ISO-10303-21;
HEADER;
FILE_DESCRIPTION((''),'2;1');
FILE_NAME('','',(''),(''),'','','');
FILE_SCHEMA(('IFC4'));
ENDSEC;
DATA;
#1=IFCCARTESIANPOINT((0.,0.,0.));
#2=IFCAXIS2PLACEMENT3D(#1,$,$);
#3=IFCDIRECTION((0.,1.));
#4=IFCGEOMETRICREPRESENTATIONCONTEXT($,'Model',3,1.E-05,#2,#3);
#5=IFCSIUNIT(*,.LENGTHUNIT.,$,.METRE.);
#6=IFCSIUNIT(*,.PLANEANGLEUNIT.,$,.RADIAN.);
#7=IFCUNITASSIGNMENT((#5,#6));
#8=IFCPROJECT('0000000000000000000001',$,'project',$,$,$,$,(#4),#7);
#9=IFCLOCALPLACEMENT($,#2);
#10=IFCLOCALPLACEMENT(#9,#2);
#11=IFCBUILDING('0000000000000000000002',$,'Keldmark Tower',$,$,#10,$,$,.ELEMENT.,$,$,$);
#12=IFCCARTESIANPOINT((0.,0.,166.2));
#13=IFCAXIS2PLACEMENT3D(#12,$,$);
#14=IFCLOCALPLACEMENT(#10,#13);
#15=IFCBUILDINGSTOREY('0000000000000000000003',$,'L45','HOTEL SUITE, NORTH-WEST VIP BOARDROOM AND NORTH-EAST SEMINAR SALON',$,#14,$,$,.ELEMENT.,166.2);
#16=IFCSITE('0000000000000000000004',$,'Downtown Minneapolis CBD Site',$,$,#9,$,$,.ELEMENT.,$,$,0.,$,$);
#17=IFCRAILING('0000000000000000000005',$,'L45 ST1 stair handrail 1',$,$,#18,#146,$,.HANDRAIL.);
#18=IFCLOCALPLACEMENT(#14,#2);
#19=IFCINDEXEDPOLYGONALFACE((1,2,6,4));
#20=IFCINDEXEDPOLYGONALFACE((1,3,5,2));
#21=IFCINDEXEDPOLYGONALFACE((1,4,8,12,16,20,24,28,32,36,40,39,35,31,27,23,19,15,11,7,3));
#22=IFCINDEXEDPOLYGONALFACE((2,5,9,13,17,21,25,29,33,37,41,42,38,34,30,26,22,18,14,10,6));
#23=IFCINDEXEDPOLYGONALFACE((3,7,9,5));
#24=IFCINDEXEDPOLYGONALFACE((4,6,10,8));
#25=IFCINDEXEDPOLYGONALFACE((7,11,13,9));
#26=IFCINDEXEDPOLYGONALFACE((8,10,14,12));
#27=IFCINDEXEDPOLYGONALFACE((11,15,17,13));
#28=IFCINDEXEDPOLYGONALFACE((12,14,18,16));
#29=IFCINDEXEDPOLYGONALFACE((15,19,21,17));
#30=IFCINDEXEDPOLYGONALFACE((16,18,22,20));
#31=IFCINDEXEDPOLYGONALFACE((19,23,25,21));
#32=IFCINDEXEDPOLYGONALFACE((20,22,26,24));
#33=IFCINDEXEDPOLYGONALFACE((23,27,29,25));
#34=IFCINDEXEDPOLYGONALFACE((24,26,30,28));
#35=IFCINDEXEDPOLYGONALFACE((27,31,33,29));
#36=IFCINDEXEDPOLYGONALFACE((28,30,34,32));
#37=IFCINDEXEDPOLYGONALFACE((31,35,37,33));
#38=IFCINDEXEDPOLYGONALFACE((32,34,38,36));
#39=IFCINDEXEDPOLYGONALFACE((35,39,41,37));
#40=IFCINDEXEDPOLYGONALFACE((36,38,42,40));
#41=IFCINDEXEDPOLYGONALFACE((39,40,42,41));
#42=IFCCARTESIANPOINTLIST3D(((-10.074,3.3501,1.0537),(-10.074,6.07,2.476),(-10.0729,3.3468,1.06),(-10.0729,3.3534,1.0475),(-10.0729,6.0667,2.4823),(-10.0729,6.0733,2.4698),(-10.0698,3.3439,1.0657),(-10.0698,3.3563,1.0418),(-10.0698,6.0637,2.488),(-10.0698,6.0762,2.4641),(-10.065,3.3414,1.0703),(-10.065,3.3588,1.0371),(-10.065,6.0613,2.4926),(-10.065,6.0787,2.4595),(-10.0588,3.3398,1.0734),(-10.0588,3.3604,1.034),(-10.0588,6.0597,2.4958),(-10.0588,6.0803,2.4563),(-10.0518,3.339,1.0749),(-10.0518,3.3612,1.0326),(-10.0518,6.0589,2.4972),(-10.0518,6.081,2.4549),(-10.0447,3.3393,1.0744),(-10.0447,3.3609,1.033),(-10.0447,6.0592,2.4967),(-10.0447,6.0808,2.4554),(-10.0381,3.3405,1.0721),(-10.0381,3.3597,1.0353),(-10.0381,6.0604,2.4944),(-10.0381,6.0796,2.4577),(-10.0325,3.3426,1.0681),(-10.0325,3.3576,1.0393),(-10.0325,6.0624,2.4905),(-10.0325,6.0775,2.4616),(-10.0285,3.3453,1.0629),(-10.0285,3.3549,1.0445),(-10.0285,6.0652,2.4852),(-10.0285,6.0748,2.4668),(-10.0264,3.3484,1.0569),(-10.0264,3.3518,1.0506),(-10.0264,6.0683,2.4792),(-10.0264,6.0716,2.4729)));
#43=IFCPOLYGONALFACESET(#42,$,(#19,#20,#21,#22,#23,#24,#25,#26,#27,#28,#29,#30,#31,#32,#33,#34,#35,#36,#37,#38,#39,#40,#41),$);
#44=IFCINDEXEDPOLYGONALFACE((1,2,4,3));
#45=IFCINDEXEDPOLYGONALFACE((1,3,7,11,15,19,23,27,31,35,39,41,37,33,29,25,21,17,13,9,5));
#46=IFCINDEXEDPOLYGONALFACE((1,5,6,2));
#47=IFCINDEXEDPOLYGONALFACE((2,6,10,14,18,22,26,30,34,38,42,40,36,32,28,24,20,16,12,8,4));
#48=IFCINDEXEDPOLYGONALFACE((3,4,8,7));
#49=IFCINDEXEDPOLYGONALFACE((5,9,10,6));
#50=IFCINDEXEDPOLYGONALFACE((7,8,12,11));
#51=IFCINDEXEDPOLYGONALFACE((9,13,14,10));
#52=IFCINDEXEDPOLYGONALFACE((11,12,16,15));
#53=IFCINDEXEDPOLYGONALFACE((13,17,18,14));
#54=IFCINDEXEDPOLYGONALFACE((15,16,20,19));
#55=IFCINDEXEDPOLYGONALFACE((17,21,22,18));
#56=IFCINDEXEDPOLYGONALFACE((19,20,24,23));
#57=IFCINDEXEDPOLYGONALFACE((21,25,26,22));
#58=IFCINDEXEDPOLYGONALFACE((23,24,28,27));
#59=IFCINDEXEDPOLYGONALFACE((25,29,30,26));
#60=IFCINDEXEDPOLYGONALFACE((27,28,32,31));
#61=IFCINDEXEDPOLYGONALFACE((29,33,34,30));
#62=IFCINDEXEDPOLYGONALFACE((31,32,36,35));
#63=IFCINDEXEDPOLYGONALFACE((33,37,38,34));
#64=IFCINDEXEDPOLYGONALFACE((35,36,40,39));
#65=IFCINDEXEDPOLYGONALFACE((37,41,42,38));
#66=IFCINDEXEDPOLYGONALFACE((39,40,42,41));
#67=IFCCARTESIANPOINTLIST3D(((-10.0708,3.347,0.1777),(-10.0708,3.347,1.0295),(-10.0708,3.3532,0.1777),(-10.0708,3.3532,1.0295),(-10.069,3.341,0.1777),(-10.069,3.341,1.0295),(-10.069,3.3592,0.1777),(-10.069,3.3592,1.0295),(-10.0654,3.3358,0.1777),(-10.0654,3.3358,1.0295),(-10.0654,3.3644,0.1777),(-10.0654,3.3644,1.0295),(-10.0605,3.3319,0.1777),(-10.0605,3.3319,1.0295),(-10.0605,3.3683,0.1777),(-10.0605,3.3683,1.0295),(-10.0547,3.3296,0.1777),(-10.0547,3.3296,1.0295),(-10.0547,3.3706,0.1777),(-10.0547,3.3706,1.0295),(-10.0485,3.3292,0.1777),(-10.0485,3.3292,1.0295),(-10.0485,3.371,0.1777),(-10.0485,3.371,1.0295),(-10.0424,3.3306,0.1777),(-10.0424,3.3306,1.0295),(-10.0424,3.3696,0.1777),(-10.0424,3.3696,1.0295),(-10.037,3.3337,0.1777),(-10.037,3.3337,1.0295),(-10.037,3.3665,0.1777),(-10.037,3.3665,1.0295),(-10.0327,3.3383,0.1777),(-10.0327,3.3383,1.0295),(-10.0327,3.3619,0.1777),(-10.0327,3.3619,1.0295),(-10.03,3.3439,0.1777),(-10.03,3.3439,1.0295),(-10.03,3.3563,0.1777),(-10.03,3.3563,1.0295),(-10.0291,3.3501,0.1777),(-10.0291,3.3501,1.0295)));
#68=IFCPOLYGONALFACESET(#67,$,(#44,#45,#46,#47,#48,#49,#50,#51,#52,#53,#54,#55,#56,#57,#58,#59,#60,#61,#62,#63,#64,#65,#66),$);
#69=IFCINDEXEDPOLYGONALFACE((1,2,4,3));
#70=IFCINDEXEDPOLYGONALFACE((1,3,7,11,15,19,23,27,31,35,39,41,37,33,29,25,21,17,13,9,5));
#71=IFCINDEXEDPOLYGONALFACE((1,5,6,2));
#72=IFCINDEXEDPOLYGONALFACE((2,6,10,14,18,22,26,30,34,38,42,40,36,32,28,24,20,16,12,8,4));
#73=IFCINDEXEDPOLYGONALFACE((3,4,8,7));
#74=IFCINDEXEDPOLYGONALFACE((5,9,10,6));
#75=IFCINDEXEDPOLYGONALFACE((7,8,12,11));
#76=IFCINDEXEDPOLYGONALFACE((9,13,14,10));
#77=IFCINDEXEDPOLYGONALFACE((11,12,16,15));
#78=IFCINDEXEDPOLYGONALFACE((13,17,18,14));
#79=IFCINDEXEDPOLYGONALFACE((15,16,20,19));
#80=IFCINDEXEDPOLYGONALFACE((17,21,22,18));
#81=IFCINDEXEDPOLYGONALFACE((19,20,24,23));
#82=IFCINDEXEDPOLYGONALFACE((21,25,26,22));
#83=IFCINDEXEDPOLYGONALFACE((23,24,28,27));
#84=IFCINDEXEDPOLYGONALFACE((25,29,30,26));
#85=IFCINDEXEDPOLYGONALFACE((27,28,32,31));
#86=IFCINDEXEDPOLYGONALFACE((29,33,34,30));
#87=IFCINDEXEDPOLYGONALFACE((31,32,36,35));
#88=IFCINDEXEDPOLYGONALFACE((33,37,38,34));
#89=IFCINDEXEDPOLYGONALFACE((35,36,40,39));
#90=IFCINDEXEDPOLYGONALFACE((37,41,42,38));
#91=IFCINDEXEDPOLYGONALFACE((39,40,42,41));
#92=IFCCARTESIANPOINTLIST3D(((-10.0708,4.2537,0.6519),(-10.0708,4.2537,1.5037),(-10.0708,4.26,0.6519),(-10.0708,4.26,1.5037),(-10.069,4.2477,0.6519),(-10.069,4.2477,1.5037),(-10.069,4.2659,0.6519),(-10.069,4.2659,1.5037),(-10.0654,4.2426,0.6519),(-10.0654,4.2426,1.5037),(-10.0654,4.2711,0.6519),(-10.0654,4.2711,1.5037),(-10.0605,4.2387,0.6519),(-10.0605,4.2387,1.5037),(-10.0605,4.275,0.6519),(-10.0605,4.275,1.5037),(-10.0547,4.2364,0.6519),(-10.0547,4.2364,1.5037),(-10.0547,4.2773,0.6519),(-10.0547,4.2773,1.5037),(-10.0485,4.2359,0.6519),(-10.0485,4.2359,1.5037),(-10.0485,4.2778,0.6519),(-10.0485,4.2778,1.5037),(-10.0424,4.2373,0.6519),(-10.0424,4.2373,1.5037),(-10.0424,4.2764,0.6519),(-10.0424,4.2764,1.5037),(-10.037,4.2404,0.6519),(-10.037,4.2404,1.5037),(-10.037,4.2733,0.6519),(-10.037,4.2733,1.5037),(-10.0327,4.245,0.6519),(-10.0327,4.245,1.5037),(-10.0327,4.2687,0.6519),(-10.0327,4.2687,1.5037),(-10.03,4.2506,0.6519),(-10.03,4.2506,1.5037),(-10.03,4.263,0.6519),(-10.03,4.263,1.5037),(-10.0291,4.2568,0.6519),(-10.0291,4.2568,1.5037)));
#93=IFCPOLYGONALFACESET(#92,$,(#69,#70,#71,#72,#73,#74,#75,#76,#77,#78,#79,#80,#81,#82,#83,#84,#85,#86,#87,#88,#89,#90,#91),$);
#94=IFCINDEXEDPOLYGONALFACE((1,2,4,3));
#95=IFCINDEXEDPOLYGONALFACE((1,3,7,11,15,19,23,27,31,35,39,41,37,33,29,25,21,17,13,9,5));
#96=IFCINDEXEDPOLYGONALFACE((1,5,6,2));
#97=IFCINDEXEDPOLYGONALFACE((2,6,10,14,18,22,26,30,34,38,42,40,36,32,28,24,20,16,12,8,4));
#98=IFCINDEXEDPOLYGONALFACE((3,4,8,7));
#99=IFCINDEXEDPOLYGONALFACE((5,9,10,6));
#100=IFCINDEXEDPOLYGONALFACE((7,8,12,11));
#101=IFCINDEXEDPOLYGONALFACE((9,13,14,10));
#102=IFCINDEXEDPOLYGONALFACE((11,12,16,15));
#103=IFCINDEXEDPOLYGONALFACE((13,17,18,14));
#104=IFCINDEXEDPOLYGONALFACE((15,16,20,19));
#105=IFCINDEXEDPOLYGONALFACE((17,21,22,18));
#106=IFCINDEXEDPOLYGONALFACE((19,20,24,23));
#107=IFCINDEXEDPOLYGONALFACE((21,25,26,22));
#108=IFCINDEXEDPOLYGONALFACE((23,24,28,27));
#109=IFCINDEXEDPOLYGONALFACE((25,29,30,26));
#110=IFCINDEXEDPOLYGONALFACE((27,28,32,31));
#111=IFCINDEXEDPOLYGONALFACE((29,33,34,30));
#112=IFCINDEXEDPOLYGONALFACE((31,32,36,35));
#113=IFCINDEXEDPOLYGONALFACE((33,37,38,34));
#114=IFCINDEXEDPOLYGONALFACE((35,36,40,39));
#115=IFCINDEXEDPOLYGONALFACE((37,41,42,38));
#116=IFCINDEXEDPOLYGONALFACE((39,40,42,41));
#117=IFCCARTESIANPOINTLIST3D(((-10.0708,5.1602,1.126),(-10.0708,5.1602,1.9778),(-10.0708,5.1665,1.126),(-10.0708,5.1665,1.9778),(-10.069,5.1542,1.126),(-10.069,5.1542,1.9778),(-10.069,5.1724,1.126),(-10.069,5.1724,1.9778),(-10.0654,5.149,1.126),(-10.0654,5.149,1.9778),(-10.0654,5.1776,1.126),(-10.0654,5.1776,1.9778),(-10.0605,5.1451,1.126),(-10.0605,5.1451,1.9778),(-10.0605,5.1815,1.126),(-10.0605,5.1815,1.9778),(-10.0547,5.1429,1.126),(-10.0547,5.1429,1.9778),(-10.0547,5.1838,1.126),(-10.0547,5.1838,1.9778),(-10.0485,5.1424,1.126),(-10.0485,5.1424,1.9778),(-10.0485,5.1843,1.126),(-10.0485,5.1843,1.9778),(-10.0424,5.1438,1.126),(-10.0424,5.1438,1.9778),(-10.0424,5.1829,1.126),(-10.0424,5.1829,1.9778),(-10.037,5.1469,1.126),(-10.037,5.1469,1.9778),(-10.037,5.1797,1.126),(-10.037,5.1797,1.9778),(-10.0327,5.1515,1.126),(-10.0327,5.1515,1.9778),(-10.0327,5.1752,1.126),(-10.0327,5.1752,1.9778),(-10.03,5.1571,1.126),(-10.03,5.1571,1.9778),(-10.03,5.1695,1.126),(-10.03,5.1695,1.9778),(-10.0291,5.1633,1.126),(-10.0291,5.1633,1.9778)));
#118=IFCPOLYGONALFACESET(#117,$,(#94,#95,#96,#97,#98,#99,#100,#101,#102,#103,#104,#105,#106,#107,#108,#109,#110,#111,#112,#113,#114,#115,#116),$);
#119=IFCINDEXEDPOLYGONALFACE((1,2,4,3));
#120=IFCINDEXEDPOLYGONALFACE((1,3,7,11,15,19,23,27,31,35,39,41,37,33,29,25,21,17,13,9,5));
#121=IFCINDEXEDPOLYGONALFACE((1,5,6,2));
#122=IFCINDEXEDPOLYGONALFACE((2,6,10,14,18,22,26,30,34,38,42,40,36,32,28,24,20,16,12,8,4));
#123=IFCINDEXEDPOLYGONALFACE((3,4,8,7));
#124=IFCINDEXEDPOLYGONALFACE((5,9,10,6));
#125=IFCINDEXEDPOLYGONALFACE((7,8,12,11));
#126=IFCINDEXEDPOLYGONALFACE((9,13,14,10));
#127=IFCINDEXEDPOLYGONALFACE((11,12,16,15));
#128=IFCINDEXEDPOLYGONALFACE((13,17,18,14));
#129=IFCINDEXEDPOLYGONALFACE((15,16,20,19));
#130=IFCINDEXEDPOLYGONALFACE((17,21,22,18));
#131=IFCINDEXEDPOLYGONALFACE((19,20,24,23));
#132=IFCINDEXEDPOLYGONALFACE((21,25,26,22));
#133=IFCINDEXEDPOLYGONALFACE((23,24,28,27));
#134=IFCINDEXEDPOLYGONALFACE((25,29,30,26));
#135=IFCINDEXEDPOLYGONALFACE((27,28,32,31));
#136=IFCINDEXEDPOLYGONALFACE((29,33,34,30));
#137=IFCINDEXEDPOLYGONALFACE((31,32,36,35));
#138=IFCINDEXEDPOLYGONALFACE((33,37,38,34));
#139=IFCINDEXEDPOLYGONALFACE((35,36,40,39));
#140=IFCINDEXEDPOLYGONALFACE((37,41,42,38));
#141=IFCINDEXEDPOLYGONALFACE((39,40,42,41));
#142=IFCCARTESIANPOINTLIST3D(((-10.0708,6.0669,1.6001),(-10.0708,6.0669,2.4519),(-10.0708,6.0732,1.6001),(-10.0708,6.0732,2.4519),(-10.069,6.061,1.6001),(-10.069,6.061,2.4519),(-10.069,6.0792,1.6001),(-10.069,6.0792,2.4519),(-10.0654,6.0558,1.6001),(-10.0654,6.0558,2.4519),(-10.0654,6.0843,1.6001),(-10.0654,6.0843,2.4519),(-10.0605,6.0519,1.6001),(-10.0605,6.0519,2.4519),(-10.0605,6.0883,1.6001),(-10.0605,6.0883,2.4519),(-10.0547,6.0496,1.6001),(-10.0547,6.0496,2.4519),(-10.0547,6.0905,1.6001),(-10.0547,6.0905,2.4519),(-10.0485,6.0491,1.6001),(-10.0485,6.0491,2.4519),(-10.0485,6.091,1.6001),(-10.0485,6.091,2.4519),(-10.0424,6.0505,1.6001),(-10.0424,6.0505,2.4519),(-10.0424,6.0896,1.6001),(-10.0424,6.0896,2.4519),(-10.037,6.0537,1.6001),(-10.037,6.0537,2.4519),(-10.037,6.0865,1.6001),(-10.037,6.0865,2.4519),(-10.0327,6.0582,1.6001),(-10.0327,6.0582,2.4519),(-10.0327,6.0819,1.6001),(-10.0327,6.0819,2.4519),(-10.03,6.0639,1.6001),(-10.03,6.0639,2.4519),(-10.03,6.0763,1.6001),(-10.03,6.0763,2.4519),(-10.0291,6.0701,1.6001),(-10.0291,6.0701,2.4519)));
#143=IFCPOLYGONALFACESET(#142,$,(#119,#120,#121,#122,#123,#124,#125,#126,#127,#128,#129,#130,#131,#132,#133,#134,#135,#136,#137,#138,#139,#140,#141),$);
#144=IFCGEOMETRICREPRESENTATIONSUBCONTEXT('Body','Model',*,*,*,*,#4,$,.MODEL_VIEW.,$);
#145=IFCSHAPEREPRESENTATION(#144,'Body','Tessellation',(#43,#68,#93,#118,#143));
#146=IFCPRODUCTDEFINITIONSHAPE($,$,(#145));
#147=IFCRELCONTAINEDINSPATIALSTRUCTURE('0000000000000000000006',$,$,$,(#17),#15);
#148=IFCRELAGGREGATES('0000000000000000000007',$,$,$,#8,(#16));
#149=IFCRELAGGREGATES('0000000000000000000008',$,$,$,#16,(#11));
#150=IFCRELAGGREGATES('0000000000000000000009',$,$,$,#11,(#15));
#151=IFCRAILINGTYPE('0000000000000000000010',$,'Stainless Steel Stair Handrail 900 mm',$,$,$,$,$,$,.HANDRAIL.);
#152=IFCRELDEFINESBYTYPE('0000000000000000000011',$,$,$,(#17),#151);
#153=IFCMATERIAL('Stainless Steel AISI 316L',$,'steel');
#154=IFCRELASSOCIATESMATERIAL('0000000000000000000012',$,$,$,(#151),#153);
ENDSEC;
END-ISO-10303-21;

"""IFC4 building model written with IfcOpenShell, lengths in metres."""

from ifc_helpers import new_model, si_unit, direction, frame, origin, origin_2d, place, context, subcontext, project, spatial, circle, extrude, material, type_object, element, save


model = new_model("IFC4")

# Units and contexts
model_context = context("Model", 3, precision=1e-05, world=origin(), true_north=direction((0.0, 1.0)))
body_context = subcontext(model_context, "Body", "Model", "MODEL_VIEW")
ifc_project = project(units=[si_unit("LENGTHUNIT", "METRE"), si_unit("PLANEANGLEUNIT", "RADIAN")], contexts=[model_context])

# Site, building, storey
site_placement = place(None, origin())
site = spatial("IfcSite", under=ifc_project, at=site_placement, Name="Downtown Minneapolis CBD Site", CompositionType="ELEMENT", RefElevation=0.0)
building_placement = place(site_placement, origin())
building = spatial("IfcBuilding", under=site, at=building_placement, Name="Keldmark Tower", CompositionType="ELEMENT")
storey_placement = place(building_placement, frame((0.0, 0.0, 166.2)))
storey = spatial("IfcBuildingStorey", under=building, at=storey_placement, Name="L45", Description="HOTEL SUITE, NORTH-WEST VIP BOARDROOM AND NORTH-EAST SEMINAR SALON", CompositionType="ELEMENT", Elevation=166.2)

# Railing
ifc_material_1 = material(Name="Stainless Steel AISI 316L", Category="steel")
railing_type_1 = type_object("IfcRailingType", Name="Stainless Steel Stair Handrail 900 mm", PredefinedType="HANDRAIL", material=ifc_material_1)
railing_1_placement = place(storey_placement, frame((-10.05, 3.3501, 0.1777)))
element("IfcRailing", 1, at=railing_1_placement, inside=storey, type_object=railing_type_1, Name="L45 ST1 stair handrail 1", PredefinedType="HANDRAIL", context=body_context, shape_type="SweptSolid", body=[
    extrude(circle(Radius=0.0239, at=origin_2d()), frame((0.0, 0.0, 0.876), z_axis=(0.0, 0.88615, 0.463398), x_axis=(-1.0, 0.0, 0.0)), (0.0, 0.0, 1.0), 3.0693),
    extrude(circle(Radius=0.021, at=origin_2d()), origin(), (0.0, 0.0, 1.0), 0.8518),
    extrude(circle(Radius=0.021, at=origin_2d()), frame((0.0, 0.9067, 0.4741)), (0.0, 0.0, 1.0), 0.8518),
    extrude(circle(Radius=0.021, at=origin_2d()), frame((0.0, 1.8132, 0.9482)), (0.0, 0.0, 1.0), 0.8518),
    extrude(circle(Radius=0.021, at=origin_2d()), frame((0.0, 2.72, 1.4224)), (0.0, 0.0, 1.0), 0.8518),
])

save(model, "model.ifc")
